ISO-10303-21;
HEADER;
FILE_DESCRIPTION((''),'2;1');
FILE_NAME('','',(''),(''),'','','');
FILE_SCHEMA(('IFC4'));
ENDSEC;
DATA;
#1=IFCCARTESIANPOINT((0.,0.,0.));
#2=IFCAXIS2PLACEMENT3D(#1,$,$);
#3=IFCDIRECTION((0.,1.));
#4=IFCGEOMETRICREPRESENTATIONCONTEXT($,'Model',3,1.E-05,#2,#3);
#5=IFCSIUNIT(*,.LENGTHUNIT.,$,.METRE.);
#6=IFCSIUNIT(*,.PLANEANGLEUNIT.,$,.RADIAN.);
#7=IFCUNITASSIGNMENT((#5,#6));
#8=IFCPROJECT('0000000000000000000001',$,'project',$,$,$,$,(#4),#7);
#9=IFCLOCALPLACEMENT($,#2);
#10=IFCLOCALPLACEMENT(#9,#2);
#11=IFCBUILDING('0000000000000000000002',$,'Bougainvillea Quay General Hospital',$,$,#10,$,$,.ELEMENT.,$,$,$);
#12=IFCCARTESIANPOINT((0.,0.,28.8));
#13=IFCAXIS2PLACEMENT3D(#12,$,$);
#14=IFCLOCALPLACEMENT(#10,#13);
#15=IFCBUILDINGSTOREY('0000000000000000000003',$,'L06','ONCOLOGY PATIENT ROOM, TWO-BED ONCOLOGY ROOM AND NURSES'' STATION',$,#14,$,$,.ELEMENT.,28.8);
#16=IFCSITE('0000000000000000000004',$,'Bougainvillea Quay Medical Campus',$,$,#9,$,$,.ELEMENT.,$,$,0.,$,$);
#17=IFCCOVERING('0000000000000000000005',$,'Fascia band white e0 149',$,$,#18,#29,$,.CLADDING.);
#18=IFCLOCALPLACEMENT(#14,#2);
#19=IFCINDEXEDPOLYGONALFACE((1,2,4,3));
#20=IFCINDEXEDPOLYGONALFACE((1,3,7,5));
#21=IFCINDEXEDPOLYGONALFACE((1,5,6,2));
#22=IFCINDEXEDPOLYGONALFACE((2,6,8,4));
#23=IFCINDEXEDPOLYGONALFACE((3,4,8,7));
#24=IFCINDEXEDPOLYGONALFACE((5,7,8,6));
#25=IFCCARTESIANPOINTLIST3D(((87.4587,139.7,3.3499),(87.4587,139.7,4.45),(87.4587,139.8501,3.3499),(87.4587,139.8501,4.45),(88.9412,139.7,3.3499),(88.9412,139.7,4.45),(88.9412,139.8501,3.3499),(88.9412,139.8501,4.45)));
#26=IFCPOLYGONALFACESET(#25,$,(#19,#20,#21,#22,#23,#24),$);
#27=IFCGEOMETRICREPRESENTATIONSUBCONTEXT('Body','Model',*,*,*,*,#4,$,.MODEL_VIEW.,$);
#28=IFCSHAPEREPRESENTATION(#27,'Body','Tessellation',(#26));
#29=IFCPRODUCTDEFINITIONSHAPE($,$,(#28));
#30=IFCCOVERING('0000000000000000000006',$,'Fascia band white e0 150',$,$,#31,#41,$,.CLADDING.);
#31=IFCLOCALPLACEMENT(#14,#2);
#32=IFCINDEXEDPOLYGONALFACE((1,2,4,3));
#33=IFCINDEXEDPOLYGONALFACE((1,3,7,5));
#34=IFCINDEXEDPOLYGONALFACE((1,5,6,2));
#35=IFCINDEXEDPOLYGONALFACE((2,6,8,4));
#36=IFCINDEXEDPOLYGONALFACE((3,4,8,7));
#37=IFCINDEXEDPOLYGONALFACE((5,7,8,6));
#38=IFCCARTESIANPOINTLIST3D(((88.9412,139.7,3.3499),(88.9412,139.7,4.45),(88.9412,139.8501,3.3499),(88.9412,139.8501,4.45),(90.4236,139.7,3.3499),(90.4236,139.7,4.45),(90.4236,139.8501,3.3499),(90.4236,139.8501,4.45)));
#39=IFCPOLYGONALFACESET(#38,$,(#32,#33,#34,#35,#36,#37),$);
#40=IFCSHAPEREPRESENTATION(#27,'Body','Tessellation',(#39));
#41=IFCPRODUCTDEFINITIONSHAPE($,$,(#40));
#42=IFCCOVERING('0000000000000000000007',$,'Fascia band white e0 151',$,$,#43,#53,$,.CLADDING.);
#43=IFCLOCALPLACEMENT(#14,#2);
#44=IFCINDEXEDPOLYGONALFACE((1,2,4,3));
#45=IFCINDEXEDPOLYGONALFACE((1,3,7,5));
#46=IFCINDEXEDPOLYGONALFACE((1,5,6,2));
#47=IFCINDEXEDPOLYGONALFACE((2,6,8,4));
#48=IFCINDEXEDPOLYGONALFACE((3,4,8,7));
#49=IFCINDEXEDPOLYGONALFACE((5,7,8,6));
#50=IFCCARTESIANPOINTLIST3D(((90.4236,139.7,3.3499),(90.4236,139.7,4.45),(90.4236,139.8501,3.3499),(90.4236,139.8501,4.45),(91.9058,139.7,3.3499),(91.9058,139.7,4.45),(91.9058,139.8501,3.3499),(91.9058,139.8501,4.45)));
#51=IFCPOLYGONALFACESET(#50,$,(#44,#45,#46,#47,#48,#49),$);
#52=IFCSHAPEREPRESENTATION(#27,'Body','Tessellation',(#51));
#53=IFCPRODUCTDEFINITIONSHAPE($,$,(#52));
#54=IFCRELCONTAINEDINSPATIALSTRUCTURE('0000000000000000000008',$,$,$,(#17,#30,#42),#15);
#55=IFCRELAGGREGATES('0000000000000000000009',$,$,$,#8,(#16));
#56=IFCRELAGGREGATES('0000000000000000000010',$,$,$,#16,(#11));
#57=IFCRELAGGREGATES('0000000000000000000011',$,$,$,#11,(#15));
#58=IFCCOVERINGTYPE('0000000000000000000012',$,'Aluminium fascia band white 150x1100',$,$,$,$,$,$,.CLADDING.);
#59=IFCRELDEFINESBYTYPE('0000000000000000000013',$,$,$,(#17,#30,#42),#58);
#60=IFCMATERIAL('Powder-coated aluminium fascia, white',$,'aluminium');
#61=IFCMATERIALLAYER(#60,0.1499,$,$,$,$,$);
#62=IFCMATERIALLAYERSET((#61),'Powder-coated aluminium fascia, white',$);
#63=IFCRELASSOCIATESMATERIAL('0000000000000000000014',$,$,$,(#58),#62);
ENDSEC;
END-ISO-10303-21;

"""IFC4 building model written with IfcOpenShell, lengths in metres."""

from ifc_helpers import new_model, si_unit, direction, frame, origin, place, context, subcontext, project, spatial, polyline, outline, extrude, material, layer, layer_set, type_object, element, save


model = new_model("IFC4")

# Units and contexts
model_context = context("Model", 3, precision=1e-05, world=origin(), true_north=direction((0.0, 1.0)))
body_context = subcontext(model_context, "Body", "Model", "MODEL_VIEW")
ifc_project = project(units=[si_unit("LENGTHUNIT", "METRE"), si_unit("PLANEANGLEUNIT", "RADIAN")], contexts=[model_context])

# Site, building, storey
site_placement = place(None, origin())
site = spatial("IfcSite", under=ifc_project, at=site_placement, Name="Bougainvillea Quay Medical Campus", CompositionType="ELEMENT", RefElevation=0.0)
building_placement = place(site_placement, origin())
building = spatial("IfcBuilding", under=site, at=building_placement, Name="Bougainvillea Quay General Hospital", CompositionType="ELEMENT")
storey_placement = place(building_placement, frame((0.0, 0.0, 28.8)))
storey = spatial("IfcBuildingStorey", under=building, at=storey_placement, Name="L06", Description="ONCOLOGY PATIENT ROOM, TWO-BED ONCOLOGY ROOM AND NURSES' STATION", CompositionType="ELEMENT", Elevation=28.8)

# Coverings
ifc_material_1 = material(Name="Powder-coated aluminium fascia, white", Category="aluminium")
ifc_layer_1 = layer(ifc_material_1, 0.1499)
ifc_layer_set_1 = layer_set([ifc_layer_1], Name="Powder-coated aluminium fascia, white")
covering_type = type_object("IfcCoveringType", Name="Aluminium fascia band white 150x1100", PredefinedType="CLADDING", material=ifc_layer_set_1)
for number, where, z_axis, x_axis, name in (
    (1, (87.4587, 139.8501, 3.3499), (0.0, 0.0, 1.0), (1.0, 0.0, 0.0), "Fascia band white e0 149"),
    (2, (88.9412, 139.8501, 3.3499), (0.0, 0.0, 1.0), (1.0, 0.0, 0.0), "Fascia band white e0 150"),
):
    element("IfcCovering", number, at=place(storey_placement, frame(where, z_axis=z_axis, x_axis=x_axis)), inside=storey, type_object=covering_type, Name=name, PredefinedType="CLADDING", context=body_context, shape_type="SweptSolid", body=[
        extrude(outline(polyline([(0.0, 0.0), (1.4824, 0.0), (1.4824, -0.1501), (0.0, -0.1501), (0.0, 0.0)])), origin(), (0.0, 0.0, 1.0), 1.1001),
    ])
covering_1_placement = place(storey_placement, frame((90.4236, 139.8501, 3.3499), z_axis=(0.0, 0.0, 1.0), x_axis=(1.0, 0.0, 0.0)))
element("IfcCovering", 3, at=covering_1_placement, inside=storey, type_object=covering_type, Name="Fascia band white e0 151", PredefinedType="CLADDING", context=body_context, shape_type="SweptSolid", body=[
    extrude(outline(polyline([(0.0, 0.0), (1.4822, 0.0), (1.4822, -0.1501), (0.0, -0.1501), (0.0, 0.0)])), origin(), (0.0, 0.0, 1.0), 1.1001),
])

save(model, "model.ifc")
